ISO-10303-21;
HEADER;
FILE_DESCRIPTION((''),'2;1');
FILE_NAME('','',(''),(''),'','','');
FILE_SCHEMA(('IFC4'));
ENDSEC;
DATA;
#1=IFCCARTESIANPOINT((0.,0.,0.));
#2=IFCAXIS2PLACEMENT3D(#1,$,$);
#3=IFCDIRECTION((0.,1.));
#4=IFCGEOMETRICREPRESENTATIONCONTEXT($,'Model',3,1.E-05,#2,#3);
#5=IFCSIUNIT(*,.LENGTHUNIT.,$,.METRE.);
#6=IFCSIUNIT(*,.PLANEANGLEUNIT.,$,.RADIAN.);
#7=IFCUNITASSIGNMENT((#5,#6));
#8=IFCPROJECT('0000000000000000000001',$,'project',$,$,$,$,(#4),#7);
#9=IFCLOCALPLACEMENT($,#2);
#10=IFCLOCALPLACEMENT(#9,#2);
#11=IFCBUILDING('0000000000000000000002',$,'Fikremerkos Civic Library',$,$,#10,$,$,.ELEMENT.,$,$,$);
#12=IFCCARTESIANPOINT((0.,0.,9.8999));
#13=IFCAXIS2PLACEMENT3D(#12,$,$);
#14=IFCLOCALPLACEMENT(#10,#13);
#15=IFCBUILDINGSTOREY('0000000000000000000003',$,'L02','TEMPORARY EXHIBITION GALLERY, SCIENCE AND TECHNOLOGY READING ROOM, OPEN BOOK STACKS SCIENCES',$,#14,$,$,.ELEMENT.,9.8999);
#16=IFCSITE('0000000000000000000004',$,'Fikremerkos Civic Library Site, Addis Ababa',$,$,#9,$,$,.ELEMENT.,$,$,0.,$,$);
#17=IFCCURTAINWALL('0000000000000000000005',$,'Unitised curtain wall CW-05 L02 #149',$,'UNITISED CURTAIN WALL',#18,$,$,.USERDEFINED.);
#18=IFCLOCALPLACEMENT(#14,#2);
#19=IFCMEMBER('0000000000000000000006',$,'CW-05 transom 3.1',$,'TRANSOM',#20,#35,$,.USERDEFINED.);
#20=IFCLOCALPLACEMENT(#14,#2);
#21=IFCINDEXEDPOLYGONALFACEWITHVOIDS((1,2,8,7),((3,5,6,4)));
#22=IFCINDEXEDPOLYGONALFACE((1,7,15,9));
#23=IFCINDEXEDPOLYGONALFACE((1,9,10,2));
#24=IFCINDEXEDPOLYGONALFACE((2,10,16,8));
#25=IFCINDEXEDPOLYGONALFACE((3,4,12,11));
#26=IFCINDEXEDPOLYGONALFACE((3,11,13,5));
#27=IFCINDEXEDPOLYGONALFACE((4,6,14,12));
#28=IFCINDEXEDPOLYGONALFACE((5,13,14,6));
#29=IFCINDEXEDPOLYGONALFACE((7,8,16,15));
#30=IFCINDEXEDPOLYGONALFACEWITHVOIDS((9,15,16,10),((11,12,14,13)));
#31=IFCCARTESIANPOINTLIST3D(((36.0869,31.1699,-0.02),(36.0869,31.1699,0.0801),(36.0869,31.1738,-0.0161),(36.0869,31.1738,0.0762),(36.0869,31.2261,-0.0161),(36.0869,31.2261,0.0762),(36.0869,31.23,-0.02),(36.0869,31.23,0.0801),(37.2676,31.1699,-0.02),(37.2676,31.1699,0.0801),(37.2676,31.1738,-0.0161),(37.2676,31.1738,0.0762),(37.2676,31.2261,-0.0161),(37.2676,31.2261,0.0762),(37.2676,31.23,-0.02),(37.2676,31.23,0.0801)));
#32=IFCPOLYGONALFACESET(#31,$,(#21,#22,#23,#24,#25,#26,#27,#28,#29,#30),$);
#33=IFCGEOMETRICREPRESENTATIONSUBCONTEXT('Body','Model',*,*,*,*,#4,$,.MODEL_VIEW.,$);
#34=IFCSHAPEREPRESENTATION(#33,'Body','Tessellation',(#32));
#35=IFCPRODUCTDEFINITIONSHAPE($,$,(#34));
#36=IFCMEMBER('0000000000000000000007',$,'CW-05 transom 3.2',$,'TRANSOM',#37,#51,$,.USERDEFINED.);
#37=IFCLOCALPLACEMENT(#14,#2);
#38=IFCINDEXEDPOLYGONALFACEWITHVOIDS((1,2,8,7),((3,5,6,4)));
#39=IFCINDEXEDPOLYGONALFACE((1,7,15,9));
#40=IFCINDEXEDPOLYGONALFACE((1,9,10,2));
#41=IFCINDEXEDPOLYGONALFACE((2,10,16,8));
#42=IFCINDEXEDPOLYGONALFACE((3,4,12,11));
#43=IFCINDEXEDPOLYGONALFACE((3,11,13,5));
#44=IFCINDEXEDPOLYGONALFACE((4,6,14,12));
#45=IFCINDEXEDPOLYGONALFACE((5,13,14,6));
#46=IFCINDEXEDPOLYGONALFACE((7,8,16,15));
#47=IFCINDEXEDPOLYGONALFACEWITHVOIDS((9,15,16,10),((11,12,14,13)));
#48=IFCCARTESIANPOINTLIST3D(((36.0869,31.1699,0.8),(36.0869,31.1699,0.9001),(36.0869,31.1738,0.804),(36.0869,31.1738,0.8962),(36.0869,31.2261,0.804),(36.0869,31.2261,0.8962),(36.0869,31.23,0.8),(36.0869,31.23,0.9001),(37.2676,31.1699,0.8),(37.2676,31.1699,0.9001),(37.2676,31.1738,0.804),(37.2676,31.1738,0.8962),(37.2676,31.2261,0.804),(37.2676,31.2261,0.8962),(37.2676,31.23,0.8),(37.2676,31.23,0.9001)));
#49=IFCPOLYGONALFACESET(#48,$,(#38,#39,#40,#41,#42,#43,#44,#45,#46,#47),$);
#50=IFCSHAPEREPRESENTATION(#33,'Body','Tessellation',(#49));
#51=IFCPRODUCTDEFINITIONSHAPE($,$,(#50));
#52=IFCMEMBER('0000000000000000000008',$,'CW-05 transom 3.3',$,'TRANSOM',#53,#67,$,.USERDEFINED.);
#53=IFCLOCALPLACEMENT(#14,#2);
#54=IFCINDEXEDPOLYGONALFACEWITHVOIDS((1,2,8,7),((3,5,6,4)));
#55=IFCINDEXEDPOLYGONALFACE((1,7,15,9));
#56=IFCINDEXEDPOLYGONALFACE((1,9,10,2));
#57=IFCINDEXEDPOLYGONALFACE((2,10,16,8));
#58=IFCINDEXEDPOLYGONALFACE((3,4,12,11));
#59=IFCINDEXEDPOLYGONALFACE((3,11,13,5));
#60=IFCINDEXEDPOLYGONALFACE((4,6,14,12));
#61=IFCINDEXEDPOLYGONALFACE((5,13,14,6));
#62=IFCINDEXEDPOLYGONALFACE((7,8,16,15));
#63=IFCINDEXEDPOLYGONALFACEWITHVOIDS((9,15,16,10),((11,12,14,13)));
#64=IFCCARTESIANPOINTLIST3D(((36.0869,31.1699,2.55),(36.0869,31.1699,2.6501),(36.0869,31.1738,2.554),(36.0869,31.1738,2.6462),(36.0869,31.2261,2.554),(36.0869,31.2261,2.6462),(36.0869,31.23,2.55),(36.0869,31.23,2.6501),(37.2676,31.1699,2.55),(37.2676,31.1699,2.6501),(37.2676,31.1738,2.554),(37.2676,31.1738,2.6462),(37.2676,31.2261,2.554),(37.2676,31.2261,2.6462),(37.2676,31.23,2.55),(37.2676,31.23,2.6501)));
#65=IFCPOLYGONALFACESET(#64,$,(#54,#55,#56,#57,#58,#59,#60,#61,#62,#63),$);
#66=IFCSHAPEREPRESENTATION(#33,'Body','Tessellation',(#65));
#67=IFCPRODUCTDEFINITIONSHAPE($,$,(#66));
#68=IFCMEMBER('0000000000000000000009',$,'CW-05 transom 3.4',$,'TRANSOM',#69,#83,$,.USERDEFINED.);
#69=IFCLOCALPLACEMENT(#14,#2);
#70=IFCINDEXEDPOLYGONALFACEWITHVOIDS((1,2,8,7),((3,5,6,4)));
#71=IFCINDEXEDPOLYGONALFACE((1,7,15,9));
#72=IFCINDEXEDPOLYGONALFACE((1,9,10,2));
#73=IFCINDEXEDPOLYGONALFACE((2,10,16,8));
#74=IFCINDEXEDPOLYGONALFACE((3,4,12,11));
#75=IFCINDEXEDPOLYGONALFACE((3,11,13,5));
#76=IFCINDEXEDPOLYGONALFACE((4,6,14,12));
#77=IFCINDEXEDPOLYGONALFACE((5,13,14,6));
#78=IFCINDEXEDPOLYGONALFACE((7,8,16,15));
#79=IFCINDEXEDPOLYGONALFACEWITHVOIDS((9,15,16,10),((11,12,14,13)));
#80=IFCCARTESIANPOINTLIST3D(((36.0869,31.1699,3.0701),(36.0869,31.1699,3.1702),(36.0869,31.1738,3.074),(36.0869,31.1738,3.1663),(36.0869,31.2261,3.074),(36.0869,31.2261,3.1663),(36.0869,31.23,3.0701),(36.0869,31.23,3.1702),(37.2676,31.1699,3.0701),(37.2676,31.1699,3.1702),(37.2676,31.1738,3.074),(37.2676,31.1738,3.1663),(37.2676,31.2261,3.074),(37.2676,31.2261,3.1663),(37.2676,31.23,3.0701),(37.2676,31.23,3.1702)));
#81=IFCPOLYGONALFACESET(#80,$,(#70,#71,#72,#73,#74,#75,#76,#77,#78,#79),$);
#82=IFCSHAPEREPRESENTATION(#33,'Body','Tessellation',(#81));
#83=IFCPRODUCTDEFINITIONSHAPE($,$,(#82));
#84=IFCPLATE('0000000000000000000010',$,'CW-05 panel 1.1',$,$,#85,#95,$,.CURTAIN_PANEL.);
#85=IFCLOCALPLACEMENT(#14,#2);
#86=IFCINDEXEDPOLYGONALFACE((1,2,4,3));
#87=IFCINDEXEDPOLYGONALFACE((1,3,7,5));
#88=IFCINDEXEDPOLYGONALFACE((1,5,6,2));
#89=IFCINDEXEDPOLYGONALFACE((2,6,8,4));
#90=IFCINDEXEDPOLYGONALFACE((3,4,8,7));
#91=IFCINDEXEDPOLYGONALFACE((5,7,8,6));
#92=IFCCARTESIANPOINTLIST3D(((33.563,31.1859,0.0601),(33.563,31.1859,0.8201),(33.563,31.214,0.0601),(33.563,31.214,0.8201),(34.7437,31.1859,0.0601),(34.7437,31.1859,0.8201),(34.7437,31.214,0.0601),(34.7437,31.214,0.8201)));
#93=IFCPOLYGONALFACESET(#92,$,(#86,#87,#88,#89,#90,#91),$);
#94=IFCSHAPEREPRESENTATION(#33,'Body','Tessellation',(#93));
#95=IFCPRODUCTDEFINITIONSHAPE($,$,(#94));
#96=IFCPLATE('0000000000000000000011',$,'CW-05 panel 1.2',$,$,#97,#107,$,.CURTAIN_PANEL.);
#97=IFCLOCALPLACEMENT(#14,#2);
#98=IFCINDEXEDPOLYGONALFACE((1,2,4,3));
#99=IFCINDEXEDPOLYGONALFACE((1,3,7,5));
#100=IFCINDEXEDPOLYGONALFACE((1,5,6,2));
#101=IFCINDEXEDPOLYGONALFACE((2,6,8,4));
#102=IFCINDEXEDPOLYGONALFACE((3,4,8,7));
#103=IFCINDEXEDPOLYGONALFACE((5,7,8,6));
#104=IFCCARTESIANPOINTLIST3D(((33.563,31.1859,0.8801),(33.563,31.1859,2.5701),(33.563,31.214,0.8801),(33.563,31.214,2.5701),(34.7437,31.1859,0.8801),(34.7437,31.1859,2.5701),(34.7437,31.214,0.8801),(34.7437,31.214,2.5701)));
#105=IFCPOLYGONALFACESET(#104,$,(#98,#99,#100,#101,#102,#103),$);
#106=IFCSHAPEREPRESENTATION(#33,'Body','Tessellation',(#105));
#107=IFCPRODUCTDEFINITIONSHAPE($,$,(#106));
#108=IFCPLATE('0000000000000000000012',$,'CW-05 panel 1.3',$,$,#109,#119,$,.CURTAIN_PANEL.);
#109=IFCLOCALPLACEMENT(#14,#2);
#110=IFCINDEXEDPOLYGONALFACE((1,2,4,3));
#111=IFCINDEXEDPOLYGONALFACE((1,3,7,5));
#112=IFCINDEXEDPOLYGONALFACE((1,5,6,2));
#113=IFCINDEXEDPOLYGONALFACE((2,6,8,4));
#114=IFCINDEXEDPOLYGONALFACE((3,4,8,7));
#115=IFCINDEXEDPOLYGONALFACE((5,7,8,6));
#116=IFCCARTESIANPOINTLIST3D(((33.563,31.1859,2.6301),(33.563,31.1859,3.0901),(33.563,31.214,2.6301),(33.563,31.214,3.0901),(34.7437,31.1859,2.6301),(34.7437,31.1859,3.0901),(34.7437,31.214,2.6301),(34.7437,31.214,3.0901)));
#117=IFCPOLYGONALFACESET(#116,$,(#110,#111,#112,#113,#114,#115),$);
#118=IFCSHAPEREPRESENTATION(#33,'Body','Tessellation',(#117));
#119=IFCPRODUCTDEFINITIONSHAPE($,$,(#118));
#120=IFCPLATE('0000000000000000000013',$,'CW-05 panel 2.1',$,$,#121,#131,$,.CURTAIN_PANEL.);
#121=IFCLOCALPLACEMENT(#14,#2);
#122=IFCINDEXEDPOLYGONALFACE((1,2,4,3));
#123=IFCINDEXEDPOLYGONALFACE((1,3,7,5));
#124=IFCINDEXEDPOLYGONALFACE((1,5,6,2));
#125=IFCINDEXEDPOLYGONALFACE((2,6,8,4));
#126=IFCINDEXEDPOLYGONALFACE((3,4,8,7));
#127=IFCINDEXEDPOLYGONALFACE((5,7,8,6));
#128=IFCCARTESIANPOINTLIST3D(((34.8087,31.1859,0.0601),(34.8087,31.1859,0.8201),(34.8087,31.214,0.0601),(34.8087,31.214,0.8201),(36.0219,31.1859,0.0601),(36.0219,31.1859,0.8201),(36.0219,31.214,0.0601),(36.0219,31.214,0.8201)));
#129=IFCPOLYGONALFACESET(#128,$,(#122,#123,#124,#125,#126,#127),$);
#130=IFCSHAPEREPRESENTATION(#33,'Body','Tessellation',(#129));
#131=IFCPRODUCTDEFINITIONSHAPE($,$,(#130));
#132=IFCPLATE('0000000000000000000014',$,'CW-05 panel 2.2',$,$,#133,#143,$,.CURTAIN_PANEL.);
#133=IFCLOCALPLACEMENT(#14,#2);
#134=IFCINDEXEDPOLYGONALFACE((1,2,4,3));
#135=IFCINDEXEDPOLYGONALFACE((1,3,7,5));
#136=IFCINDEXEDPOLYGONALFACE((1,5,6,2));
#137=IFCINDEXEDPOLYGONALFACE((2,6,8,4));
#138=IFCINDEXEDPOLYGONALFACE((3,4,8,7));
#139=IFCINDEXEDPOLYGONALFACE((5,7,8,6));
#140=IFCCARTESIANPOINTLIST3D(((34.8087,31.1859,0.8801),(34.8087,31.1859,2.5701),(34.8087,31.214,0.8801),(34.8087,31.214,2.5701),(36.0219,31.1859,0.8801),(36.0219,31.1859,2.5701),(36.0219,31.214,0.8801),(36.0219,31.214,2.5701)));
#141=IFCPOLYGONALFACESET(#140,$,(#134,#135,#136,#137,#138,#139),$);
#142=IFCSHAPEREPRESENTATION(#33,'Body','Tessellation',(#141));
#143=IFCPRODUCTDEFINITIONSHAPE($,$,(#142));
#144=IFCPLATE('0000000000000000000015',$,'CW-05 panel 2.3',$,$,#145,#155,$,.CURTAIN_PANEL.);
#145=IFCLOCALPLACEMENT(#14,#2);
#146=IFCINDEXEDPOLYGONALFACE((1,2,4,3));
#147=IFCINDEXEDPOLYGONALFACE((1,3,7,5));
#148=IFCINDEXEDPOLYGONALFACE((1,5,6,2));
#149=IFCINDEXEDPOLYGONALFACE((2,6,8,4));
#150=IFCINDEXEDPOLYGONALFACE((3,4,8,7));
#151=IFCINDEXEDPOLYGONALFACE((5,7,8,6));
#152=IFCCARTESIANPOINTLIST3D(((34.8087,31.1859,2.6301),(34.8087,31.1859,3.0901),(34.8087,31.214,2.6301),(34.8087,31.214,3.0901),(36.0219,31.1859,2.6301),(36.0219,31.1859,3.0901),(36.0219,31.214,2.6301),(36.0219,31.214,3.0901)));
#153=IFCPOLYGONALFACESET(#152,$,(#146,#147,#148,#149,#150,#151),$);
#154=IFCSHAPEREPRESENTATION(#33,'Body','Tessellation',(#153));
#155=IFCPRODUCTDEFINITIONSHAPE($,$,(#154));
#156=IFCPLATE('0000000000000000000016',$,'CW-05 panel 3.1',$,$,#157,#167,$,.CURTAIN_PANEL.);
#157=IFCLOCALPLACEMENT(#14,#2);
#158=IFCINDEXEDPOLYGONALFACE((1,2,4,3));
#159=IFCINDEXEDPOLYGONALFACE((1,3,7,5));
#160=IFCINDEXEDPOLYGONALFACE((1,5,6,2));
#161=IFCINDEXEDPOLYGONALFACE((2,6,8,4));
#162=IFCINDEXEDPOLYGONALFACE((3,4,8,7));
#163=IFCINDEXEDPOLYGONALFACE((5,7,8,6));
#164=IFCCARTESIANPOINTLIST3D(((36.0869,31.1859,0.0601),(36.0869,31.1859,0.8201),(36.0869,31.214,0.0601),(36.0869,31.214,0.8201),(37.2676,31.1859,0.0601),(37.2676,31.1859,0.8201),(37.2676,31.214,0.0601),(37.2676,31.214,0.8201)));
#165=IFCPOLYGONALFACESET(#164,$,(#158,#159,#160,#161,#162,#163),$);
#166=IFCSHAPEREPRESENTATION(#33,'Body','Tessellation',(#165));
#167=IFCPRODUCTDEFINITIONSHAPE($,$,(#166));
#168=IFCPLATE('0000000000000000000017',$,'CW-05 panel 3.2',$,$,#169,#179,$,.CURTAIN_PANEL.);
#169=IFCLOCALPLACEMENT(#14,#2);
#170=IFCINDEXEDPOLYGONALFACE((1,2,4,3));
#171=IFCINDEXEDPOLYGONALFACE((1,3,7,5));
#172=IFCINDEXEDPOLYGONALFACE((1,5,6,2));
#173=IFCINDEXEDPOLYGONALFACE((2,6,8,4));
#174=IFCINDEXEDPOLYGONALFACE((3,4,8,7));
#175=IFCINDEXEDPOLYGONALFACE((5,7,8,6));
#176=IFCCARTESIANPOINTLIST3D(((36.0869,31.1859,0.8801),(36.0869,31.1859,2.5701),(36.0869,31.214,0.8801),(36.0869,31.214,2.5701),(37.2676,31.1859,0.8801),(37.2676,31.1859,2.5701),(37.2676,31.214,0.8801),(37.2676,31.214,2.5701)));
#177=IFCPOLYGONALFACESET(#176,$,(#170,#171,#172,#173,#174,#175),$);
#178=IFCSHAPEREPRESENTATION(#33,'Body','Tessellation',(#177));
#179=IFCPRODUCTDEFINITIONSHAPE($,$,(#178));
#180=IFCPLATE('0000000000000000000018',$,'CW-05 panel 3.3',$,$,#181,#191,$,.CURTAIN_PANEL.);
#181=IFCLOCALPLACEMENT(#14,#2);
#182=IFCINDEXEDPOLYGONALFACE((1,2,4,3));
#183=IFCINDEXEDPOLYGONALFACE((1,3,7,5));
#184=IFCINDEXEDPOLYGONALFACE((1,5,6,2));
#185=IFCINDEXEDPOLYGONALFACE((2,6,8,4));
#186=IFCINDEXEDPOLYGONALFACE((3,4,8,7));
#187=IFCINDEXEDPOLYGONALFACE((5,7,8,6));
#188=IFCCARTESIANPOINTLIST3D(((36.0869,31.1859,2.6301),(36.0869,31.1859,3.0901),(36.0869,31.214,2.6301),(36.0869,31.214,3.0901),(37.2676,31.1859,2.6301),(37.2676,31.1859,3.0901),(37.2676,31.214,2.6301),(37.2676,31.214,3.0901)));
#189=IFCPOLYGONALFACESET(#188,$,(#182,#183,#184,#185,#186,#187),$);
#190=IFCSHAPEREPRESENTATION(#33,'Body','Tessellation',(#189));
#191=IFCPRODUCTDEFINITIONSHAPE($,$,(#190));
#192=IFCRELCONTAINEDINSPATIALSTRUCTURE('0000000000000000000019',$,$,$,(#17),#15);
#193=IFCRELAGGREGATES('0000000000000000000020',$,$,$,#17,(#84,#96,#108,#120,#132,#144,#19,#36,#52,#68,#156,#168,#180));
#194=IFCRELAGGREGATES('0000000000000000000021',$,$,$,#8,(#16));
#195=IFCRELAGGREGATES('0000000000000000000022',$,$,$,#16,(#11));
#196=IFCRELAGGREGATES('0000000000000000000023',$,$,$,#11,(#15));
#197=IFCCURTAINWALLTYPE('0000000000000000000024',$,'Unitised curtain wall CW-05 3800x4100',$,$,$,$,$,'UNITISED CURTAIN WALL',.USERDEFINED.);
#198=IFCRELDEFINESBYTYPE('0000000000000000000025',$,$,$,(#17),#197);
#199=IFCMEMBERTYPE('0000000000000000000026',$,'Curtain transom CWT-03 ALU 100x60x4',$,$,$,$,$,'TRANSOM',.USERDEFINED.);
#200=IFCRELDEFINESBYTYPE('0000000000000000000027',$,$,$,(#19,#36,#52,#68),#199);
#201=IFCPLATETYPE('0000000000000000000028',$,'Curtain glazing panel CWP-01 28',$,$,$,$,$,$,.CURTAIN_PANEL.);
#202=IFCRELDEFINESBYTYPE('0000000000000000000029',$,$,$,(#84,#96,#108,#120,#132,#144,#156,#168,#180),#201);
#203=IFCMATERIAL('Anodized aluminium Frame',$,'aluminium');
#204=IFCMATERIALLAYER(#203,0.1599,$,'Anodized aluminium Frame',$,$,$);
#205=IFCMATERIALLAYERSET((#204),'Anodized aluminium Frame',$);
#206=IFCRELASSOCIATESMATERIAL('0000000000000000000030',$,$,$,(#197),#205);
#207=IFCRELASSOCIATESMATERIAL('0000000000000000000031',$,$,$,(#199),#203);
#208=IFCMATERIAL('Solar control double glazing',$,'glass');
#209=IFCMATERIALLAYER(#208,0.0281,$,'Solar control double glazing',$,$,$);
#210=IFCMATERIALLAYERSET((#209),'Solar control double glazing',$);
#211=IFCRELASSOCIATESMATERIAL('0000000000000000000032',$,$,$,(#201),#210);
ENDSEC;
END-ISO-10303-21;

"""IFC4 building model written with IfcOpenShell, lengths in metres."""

from ifc_helpers import new_model, si_unit, direction, frame, origin, origin_2d, place, context, subcontext, project, spatial, rectangle, hollow_rectangle, extrude, material, layer, layer_set, material_profile, profile_set, type_object, element, aggregate, save


model = new_model("IFC4")

# Units and contexts
model_context = context("Model", 3, precision=1e-05, world=origin(), true_north=direction((0.0, 1.0)))
body_context = subcontext(model_context, "Body", "Model", "MODEL_VIEW")
ifc_project = project(units=[si_unit("LENGTHUNIT", "METRE"), si_unit("PLANEANGLEUNIT", "RADIAN")], contexts=[model_context])

# Site, building, storey
site_placement = place(None, origin())
site = spatial("IfcSite", under=ifc_project, at=site_placement, Name="Fikremerkos Civic Library Site, Addis Ababa", CompositionType="ELEMENT", RefElevation=0.0)
building_placement = place(site_placement, origin())
building = spatial("IfcBuilding", under=site, at=building_placement, Name="Fikremerkos Civic Library", CompositionType="ELEMENT")
storey_placement = place(building_placement, frame((0.0, 0.0, 9.8999)))
storey = spatial("IfcBuildingStorey", under=building, at=storey_placement, Name="L02", Description="TEMPORARY EXHIBITION GALLERY, SCIENCE AND TECHNOLOGY READING ROOM, OPEN BOOK STACKS SCIENCES", CompositionType="ELEMENT", Elevation=9.8999)

# Curtain wall
ifc_material_1 = material(Name="Anodized aluminium Frame", Category="aluminium")
ifc_layer_1 = layer(ifc_material_1, 0.1599, Name="Anodized aluminium Frame")
ifc_layer_set_1 = layer_set([ifc_layer_1], Name="Anodized aluminium Frame")
curtain_wall_type_1 = type_object("IfcCurtainWallType", Name="Unitised curtain wall CW-05 3800x4100", ElementType="UNITISED CURTAIN WALL", PredefinedType="USERDEFINED", material=ifc_layer_set_1)
curtain_wall_1_placement = place(storey_placement, origin())
curtain_wall_1 = element("IfcCurtainWall", 1, at=curtain_wall_1_placement, inside=storey, type_object=curtain_wall_type_1, Name="Unitised curtain wall CW-05 L02 #149", ObjectType="UNITISED CURTAIN WALL", PredefinedType="USERDEFINED")

# Members
ifc_material_profile_1 = material_profile(ifc_material_1, hollow_rectangle(XDim=0.0601, YDim=0.1001, WallThickness=0.0039, at=origin_2d()), Name="ALU 100x60x4")
ifc_profile_set_1 = profile_set([ifc_material_profile_1], Name="Anodized aluminium Frame")
member_type_1 = type_object("IfcMemberType", Name="Curtain transom CWT-03 ALU 100x60x4", ElementType="TRANSOM", PredefinedType="USERDEFINED", material=ifc_profile_set_1)
member_1_placement = place(storey_placement, frame((36.0869, 31.2, 0.03), z_axis=(1.0, 0.0, 0.0), x_axis=(0.0, 1.0, 0.0)))
member_1 = element("IfcMember", 2, at=member_1_placement, type_object=member_type_1, Name="CW-05 transom 3.1", ObjectType="TRANSOM", PredefinedType="USERDEFINED", context=body_context, shape_type="SweptSolid", body=[
    extrude(hollow_rectangle(XDim=0.0601, YDim=0.1001, WallThickness=0.0039, at=origin_2d()), origin(), (0.0, 0.0, 1.0), 1.1807),
])
member_2_placement = place(storey_placement, frame((36.0869, 31.2, 0.8501), z_axis=(1.0, 0.0, 0.0), x_axis=(0.0, 1.0, 0.0)))
member_2 = element("IfcMember", 3, at=member_2_placement, type_object=member_type_1, Name="CW-05 transom 3.2", ObjectType="TRANSOM", PredefinedType="USERDEFINED", context=body_context, shape_type="SweptSolid", body=[
    extrude(hollow_rectangle(XDim=0.0601, YDim=0.1001, WallThickness=0.0039, at=origin_2d()), origin(), (0.0, 0.0, 1.0), 1.1807),
])
member_3_placement = place(storey_placement, frame((36.0869, 31.2, 2.6001), z_axis=(1.0, 0.0, 0.0), x_axis=(0.0, 1.0, 0.0)))
member_3 = element("IfcMember", 4, at=member_3_placement, type_object=member_type_1, Name="CW-05 transom 3.3", ObjectType="TRANSOM", PredefinedType="USERDEFINED", context=body_context, shape_type="SweptSolid", body=[
    extrude(hollow_rectangle(XDim=0.0601, YDim=0.1001, WallThickness=0.0039, at=origin_2d()), origin(), (0.0, 0.0, 1.0), 1.1807),
])
member_4_placement = place(storey_placement, frame((36.0869, 31.2, 3.1201), z_axis=(1.0, 0.0, 0.0), x_axis=(0.0, 1.0, 0.0)))
member_4 = element("IfcMember", 5, at=member_4_placement, type_object=member_type_1, Name="CW-05 transom 3.4", ObjectType="TRANSOM", PredefinedType="USERDEFINED", context=body_context, shape_type="SweptSolid", body=[
    extrude(hollow_rectangle(XDim=0.0601, YDim=0.1001, WallThickness=0.0039, at=origin_2d()), origin(), (0.0, 0.0, 1.0), 1.1807),
])

# Plates
ifc_material_2 = material(Name="Solar control double glazing", Category="glass")
ifc_layer_2 = layer(ifc_material_2, 0.0281, Name="Solar control double glazing")
ifc_layer_set_2 = layer_set([ifc_layer_2], Name="Solar control double glazing")
plate_type = type_object("IfcPlateType", Name="Curtain glazing panel CWP-01 28", PredefinedType="CURTAIN_PANEL", material=ifc_layer_set_2)
plate_1_placement = place(storey_placement, frame((34.1533, 31.2, 0.0601), z_axis=(0.0, 0.0, 1.0), x_axis=(1.0, 0.0, 0.0)))
plate_1 = element("IfcPlate", 6, at=plate_1_placement, type_object=plate_type, Name="CW-05 panel 1.1", PredefinedType="CURTAIN_PANEL", context=body_context, shape_type="SweptSolid", body=[
    extrude(rectangle(XDim=1.1807, YDim=0.0281, at=origin_2d()), origin(), (0.0, 0.0, 1.0), 0.76),
])
plate_2_placement = place(storey_placement, frame((34.1533, 31.2, 0.8801), z_axis=(0.0, 0.0, 1.0), x_axis=(1.0, 0.0, 0.0)))
plate_2 = element("IfcPlate", 7, at=plate_2_placement, type_object=plate_type, Name="CW-05 panel 1.2", PredefinedType="CURTAIN_PANEL", context=body_context, shape_type="SweptSolid", body=[
    extrude(rectangle(XDim=1.1807, YDim=0.0281, at=origin_2d()), origin(), (0.0, 0.0, 1.0), 1.6899),
])
plate_3_placement = place(storey_placement, frame((34.1533, 31.2, 2.6301), z_axis=(0.0, 0.0, 1.0), x_axis=(1.0, 0.0, 0.0)))
plate_3 = element("IfcPlate", 8, at=plate_3_placement, type_object=plate_type, Name="CW-05 panel 1.3", PredefinedType="CURTAIN_PANEL", context=body_context, shape_type="SweptSolid", body=[
    extrude(rectangle(XDim=1.1807, YDim=0.0281, at=origin_2d()), origin(), (0.0, 0.0, 1.0), 0.46),
])
plate_4_placement = place(storey_placement, frame((35.4153, 31.2, 0.0601), z_axis=(0.0, 0.0, 1.0), x_axis=(1.0, 0.0, 0.0)))
plate_4 = element("IfcPlate", 9, at=plate_4_placement, type_object=plate_type, Name="CW-05 panel 2.1", PredefinedType="CURTAIN_PANEL", context=body_context, shape_type="SweptSolid", body=[
    extrude(rectangle(XDim=1.2131, YDim=0.0281, at=origin_2d()), origin(), (0.0, 0.0, 1.0), 0.76),
])
plate_5_placement = place(storey_placement, frame((35.4153, 31.2, 0.8801), z_axis=(0.0, 0.0, 1.0), x_axis=(1.0, 0.0, 0.0)))
plate_5 = element("IfcPlate", 10, at=plate_5_placement, type_object=plate_type, Name="CW-05 panel 2.2", PredefinedType="CURTAIN_PANEL", context=body_context, shape_type="SweptSolid", body=[
    extrude(rectangle(XDim=1.2131, YDim=0.0281, at=origin_2d()), origin(), (0.0, 0.0, 1.0), 1.6899),
])
plate_6_placement = place(storey_placement, frame((35.4153, 31.2, 2.6301), z_axis=(0.0, 0.0, 1.0), x_axis=(1.0, 0.0, 0.0)))
plate_6 = element("IfcPlate", 11, at=plate_6_placement, type_object=plate_type, Name="CW-05 panel 2.3", PredefinedType="CURTAIN_PANEL", context=body_context, shape_type="SweptSolid", body=[
    extrude(rectangle(XDim=1.2131, YDim=0.0281, at=origin_2d()), origin(), (0.0, 0.0, 1.0), 0.46),
])
plate_7_placement = place(storey_placement, frame((36.6772, 31.2, 0.0601), z_axis=(0.0, 0.0, 1.0), x_axis=(1.0, 0.0, 0.0)))
plate_7 = element("IfcPlate", 12, at=plate_7_placement, type_object=plate_type, Name="CW-05 panel 3.1", PredefinedType="CURTAIN_PANEL", context=body_context, shape_type="SweptSolid", body=[
    extrude(rectangle(XDim=1.1807, YDim=0.0281, at=origin_2d()), origin(), (0.0, 0.0, 1.0), 0.76),
])
plate_8_placement = place(storey_placement, frame((36.6772, 31.2, 0.8801), z_axis=(0.0, 0.0, 1.0), x_axis=(1.0, 0.0, 0.0)))
plate_8 = element("IfcPlate", 13, at=plate_8_placement, type_object=plate_type, Name="CW-05 panel 3.2", PredefinedType="CURTAIN_PANEL", context=body_context, shape_type="SweptSolid", body=[
    extrude(rectangle(XDim=1.1807, YDim=0.0281, at=origin_2d()), origin(), (0.0, 0.0, 1.0), 1.6899),
])
plate_9_placement = place(storey_placement, frame((36.6772, 31.2, 2.6301), z_axis=(0.0, 0.0, 1.0), x_axis=(1.0, 0.0, 0.0)))
plate_9 = element("IfcPlate", 14, at=plate_9_placement, type_object=plate_type, Name="CW-05 panel 3.3", PredefinedType="CURTAIN_PANEL", context=body_context, shape_type="SweptSolid", body=[
    extrude(rectangle(XDim=1.1807, YDim=0.0281, at=origin_2d()), origin(), (0.0, 0.0, 1.0), 0.46),
])
aggregate(curtain_wall_1, [plate_1, plate_2, plate_3, plate_4, plate_5, plate_6, member_1, member_2, member_3, member_4, plate_7, plate_8, plate_9])

save(model, "model.ifc")
